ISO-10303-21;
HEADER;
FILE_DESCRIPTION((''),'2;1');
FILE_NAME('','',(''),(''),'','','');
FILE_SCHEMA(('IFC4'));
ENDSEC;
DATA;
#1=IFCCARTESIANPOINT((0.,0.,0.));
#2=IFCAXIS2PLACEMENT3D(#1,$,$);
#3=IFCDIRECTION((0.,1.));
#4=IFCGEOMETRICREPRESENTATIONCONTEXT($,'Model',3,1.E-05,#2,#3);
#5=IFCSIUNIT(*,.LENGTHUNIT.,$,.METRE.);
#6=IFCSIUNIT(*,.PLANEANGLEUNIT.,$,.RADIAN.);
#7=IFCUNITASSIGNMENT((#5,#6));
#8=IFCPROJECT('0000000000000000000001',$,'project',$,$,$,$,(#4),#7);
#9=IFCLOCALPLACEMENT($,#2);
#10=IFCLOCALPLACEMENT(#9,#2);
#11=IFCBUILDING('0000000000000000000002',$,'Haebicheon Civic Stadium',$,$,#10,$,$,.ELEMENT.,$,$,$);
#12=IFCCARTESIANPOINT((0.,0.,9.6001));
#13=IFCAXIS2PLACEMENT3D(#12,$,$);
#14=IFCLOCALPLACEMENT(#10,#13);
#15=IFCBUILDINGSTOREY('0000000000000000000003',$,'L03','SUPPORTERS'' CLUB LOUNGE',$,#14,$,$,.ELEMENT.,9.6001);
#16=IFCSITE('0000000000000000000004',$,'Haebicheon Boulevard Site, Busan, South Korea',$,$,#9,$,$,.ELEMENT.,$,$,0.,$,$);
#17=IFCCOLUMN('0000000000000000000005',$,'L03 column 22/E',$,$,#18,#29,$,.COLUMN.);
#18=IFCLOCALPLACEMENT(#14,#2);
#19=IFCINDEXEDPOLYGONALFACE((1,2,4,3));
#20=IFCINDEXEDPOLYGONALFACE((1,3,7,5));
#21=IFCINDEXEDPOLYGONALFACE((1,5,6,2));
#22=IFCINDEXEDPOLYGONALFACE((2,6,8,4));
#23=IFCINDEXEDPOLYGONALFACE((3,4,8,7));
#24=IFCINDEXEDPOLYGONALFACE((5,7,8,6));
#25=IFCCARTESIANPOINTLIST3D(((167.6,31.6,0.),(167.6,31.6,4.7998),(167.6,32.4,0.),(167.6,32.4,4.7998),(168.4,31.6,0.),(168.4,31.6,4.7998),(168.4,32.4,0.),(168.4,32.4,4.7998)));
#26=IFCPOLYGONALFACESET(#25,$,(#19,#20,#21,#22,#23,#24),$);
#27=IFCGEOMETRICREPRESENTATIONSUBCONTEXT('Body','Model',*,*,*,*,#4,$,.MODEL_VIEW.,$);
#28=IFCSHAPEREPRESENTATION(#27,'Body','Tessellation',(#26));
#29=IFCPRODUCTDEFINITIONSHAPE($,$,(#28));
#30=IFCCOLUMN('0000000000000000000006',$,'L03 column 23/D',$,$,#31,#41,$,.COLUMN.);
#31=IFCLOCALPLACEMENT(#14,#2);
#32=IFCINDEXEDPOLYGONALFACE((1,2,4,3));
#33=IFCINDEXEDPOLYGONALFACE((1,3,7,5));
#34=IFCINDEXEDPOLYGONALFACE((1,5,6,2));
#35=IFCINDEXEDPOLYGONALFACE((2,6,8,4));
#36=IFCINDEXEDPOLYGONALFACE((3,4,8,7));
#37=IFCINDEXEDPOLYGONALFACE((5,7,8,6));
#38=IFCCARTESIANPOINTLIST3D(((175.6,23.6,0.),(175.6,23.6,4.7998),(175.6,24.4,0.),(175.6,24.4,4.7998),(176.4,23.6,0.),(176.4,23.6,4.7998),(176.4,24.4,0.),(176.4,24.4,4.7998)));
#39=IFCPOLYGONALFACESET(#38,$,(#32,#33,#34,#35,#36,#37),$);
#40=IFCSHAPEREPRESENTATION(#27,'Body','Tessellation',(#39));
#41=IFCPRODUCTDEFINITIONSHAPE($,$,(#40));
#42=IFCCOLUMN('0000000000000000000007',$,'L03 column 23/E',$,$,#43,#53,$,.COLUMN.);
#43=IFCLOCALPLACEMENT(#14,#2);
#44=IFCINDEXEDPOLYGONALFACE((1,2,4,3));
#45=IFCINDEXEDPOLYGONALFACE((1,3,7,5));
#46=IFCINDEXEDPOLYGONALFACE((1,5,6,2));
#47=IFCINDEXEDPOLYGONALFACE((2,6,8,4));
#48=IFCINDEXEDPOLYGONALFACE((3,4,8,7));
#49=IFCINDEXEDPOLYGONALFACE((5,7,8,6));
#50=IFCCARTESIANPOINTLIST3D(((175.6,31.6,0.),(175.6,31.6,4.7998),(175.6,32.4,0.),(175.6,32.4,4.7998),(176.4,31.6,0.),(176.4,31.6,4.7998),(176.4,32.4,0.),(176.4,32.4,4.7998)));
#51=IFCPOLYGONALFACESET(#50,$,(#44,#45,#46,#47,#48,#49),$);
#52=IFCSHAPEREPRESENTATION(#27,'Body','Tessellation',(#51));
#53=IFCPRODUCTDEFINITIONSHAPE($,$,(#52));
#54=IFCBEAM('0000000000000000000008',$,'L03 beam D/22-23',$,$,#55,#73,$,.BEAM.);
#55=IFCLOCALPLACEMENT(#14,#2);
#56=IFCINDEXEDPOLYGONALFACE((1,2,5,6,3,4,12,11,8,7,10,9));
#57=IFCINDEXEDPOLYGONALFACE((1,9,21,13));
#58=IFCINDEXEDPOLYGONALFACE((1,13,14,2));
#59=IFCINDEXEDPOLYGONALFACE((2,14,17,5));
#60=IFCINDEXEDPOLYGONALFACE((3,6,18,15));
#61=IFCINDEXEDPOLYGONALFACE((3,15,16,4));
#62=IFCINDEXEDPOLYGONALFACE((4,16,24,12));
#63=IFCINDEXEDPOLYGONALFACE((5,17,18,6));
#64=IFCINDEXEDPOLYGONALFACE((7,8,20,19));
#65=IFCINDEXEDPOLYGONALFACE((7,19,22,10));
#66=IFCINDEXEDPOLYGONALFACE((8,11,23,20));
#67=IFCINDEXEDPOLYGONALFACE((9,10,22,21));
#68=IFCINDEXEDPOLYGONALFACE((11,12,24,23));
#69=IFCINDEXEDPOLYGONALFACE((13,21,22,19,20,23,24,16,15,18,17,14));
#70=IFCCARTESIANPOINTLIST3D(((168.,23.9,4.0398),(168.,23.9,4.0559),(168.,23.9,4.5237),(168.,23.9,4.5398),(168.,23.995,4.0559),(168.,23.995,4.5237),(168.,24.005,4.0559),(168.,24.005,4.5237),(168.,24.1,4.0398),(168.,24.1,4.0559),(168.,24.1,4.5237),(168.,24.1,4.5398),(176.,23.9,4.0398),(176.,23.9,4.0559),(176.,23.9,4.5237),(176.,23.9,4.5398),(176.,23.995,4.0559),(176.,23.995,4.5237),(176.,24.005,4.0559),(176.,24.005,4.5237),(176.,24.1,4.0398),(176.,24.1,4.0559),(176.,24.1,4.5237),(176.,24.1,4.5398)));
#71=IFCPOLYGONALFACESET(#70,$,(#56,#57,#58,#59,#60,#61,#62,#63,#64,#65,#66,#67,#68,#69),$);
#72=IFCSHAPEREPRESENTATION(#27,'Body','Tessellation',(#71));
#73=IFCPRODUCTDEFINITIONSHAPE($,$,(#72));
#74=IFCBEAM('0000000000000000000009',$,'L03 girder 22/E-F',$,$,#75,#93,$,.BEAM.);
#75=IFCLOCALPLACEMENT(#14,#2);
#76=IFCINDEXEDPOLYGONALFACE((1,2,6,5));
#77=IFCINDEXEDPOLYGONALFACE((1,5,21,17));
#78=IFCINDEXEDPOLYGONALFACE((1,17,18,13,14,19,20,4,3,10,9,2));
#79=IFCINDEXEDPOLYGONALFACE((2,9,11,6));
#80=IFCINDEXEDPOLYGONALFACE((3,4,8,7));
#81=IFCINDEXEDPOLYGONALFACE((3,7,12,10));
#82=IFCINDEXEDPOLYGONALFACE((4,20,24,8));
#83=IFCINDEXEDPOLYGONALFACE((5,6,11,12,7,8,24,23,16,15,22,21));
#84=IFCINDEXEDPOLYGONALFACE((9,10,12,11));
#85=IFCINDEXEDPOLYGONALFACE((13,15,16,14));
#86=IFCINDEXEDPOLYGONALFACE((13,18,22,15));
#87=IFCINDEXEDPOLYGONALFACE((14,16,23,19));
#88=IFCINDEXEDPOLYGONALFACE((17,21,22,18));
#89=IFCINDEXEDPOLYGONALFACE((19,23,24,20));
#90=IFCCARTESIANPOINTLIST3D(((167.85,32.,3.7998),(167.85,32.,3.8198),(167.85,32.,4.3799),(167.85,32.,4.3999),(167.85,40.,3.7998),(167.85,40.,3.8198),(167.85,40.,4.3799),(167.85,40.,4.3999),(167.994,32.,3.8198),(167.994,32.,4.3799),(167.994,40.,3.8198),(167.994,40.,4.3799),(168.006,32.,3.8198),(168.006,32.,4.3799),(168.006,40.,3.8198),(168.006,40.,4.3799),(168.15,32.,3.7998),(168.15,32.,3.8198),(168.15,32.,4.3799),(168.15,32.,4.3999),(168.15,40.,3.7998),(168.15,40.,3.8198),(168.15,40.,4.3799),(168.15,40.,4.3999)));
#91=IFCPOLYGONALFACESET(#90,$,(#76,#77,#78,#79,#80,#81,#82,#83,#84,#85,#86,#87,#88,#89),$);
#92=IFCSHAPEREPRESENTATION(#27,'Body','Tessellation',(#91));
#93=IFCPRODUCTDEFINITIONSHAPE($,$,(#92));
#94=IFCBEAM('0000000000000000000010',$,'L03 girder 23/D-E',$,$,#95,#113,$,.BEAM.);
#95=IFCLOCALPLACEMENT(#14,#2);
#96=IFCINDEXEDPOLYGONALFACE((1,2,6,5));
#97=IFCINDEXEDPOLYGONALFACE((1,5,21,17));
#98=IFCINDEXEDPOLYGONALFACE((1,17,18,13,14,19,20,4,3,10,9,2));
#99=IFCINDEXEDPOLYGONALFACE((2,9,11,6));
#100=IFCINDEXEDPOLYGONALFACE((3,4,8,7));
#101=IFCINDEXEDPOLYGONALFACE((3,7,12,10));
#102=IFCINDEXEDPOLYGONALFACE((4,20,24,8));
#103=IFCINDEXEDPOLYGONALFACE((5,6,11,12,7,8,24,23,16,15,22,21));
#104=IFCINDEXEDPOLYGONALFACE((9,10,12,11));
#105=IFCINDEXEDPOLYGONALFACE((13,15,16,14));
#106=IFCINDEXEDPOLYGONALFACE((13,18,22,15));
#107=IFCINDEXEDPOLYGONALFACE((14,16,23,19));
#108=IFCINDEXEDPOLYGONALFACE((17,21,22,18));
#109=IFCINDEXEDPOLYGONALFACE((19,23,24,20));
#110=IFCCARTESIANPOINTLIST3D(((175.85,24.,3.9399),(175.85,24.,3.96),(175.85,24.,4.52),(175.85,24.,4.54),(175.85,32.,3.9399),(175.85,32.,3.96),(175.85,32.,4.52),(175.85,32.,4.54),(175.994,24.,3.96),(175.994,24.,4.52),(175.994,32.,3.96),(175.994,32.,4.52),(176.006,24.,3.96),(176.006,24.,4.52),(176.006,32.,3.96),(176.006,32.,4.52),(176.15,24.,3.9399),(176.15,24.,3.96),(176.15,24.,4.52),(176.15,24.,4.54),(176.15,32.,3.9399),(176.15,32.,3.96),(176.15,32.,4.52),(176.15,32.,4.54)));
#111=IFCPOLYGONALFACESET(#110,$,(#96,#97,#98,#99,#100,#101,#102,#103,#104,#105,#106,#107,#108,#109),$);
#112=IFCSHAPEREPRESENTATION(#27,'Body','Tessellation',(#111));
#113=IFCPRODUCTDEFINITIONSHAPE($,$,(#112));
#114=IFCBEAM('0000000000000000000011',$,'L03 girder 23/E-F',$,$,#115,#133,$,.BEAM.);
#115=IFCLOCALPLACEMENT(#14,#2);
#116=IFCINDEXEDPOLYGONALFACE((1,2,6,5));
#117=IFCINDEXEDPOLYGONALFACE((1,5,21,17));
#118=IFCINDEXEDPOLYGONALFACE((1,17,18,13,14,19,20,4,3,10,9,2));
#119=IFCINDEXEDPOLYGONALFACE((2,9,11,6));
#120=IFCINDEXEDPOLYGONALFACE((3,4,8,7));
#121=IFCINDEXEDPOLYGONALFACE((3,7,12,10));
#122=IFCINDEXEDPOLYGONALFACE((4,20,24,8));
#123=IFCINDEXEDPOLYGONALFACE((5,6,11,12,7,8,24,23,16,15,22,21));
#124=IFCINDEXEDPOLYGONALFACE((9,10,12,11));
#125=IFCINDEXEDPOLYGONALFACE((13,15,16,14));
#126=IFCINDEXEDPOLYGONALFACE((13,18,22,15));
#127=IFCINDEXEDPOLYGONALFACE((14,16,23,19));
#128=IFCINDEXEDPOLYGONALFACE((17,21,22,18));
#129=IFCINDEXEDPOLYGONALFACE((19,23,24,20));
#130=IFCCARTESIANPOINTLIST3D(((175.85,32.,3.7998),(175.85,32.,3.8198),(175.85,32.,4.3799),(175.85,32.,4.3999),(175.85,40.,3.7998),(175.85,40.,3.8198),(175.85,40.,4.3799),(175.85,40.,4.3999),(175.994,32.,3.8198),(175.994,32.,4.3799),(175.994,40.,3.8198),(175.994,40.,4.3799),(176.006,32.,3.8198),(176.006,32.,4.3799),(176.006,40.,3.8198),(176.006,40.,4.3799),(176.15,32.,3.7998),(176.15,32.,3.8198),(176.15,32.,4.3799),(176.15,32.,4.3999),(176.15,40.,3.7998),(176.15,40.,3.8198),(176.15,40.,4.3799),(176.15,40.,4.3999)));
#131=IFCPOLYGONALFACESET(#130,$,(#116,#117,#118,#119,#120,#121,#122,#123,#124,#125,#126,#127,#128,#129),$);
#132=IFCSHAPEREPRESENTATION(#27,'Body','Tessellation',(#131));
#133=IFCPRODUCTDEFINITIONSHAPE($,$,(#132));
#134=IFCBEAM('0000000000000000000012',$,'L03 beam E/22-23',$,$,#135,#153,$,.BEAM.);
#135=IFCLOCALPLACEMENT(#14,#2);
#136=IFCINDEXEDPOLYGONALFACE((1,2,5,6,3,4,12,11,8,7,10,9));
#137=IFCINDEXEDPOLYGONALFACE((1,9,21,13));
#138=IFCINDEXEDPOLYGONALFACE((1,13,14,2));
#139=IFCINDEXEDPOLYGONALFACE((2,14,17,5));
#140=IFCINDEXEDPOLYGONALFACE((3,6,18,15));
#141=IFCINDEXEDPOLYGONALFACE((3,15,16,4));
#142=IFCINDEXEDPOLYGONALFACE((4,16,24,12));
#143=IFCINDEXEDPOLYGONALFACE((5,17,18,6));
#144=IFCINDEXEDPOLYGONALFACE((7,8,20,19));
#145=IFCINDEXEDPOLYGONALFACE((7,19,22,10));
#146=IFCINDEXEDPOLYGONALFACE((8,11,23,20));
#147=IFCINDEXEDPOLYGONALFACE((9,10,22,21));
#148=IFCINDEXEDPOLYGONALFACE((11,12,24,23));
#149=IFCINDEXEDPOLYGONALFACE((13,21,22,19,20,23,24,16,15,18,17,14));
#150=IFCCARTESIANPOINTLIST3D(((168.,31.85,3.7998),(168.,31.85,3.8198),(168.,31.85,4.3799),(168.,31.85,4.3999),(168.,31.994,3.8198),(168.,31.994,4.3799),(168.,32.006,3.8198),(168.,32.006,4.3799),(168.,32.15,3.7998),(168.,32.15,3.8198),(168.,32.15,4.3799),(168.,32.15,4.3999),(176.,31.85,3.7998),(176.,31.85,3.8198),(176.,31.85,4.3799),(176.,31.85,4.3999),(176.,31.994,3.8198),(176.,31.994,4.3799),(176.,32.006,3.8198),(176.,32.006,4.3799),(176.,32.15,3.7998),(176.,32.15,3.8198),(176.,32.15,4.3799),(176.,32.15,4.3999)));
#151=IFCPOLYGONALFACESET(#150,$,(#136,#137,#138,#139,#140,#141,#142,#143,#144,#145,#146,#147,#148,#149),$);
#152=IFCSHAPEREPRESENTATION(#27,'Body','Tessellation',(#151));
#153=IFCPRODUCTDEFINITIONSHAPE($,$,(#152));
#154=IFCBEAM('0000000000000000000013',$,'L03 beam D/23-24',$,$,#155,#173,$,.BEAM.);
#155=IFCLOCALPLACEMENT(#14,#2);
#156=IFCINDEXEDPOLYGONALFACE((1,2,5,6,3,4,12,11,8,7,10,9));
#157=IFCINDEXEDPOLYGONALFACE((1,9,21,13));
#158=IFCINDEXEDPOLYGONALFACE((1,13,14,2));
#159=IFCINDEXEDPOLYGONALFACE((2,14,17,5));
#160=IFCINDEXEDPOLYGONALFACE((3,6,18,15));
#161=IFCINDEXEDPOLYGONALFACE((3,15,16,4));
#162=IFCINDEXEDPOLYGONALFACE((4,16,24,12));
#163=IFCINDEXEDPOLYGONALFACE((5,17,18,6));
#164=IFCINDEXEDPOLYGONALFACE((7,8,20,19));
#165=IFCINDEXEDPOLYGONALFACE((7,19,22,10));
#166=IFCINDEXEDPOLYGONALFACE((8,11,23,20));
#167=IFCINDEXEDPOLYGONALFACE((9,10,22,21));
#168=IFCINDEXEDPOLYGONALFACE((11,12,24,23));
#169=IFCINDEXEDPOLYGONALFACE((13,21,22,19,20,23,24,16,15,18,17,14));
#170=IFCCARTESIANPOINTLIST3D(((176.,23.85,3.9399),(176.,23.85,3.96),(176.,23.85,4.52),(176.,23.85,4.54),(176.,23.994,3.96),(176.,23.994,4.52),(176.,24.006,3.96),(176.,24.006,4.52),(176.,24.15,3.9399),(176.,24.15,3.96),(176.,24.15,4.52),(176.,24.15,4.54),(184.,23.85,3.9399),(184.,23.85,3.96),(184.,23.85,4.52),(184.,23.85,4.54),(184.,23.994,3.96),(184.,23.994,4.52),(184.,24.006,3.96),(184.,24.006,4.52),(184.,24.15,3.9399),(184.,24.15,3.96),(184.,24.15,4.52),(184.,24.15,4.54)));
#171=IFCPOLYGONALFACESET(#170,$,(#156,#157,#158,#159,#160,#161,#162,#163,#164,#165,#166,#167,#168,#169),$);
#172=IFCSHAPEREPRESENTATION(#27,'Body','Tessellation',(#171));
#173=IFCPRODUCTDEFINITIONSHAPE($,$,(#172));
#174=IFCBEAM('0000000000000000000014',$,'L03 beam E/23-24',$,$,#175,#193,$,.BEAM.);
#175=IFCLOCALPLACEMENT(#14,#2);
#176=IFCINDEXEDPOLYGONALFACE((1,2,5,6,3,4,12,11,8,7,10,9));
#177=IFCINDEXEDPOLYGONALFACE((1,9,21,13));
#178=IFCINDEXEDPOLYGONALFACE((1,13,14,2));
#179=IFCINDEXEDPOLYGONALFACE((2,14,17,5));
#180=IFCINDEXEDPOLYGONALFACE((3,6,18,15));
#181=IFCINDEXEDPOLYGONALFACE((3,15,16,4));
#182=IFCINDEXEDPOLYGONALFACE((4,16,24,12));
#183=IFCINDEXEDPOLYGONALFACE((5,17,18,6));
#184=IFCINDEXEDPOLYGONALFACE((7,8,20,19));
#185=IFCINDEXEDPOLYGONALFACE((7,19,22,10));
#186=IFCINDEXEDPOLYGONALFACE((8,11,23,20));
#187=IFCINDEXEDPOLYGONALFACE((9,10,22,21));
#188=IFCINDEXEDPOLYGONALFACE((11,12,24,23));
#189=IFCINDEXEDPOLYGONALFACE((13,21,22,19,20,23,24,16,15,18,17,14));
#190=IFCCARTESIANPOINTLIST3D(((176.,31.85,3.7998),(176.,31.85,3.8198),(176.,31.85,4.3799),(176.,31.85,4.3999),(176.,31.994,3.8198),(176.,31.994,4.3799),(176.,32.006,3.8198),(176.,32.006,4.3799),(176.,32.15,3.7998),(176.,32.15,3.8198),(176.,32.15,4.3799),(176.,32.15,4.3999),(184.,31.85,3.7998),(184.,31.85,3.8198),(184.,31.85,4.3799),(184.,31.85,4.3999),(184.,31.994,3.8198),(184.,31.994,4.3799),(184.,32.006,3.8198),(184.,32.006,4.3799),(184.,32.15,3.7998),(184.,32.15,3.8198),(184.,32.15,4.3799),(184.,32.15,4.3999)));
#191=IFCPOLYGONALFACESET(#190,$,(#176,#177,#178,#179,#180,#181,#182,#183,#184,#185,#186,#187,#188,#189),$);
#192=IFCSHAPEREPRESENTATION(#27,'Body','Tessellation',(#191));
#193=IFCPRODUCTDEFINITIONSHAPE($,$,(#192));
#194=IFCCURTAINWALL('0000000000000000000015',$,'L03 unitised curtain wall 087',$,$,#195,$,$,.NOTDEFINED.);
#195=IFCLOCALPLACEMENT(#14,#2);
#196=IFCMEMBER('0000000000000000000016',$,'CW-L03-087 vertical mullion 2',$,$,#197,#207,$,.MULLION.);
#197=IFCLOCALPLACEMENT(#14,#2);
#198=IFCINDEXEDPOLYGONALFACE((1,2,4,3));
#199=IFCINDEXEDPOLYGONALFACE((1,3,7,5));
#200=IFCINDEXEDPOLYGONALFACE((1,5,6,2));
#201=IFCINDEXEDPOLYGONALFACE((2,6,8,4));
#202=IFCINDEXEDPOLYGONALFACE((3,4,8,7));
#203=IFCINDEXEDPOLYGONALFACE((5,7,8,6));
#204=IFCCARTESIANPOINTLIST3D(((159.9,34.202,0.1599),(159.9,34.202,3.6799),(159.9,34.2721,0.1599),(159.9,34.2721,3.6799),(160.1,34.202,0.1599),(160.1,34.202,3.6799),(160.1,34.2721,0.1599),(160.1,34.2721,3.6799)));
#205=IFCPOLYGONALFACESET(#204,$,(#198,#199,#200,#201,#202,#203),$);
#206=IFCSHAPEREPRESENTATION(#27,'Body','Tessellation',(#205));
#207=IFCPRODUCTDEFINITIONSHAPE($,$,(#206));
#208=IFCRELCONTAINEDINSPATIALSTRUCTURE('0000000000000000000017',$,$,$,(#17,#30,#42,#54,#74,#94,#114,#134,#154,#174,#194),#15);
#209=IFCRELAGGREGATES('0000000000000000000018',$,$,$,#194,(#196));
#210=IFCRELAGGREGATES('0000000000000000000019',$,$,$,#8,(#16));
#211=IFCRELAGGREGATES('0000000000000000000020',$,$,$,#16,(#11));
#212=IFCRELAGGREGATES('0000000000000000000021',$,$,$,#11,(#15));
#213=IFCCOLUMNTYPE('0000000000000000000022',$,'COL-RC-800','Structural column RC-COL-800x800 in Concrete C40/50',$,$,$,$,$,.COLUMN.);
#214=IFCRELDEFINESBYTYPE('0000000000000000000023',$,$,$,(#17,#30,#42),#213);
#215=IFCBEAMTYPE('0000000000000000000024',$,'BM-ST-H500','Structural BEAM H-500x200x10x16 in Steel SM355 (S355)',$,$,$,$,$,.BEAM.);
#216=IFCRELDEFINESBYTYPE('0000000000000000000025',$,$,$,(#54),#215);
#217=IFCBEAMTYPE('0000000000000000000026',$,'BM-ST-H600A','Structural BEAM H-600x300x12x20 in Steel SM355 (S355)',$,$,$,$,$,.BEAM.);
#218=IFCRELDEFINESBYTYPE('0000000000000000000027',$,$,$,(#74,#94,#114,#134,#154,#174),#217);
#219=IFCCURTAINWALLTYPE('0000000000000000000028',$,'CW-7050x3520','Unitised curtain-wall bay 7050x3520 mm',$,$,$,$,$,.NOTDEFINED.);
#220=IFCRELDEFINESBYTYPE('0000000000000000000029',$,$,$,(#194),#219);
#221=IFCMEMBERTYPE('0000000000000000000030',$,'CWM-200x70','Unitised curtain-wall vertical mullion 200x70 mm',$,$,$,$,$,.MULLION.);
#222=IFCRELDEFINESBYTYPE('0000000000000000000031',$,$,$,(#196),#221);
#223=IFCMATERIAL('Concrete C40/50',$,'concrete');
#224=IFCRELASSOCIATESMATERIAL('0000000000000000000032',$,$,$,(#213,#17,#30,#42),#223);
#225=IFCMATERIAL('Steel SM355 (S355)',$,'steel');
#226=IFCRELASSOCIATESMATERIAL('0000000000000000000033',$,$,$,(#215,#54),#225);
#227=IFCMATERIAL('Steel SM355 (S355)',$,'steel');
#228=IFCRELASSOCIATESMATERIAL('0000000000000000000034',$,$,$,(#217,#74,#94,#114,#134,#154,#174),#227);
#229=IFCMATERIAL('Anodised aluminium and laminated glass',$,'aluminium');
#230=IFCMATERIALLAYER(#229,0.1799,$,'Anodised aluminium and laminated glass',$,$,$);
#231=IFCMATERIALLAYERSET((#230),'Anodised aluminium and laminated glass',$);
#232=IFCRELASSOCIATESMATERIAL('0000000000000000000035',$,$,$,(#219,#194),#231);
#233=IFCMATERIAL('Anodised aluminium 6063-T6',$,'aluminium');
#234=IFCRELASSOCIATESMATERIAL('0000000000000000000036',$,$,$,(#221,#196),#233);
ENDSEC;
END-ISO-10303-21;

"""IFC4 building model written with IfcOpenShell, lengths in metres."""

from ifc_helpers import new_model, si_unit, direction, frame, origin, origin_2d, place, context, subcontext, project, spatial, rectangle, i_section, extrude, material, layer, layer_set, material_profile, profile_set, type_object, element, aggregate, save


model = new_model("IFC4")

# Units and contexts
model_context = context("Model", 3, precision=1e-05, world=origin(), true_north=direction((0.0, 1.0)))
body_context = subcontext(model_context, "Body", "Model", "MODEL_VIEW")
ifc_project = project(units=[si_unit("LENGTHUNIT", "METRE"), si_unit("PLANEANGLEUNIT", "RADIAN")], contexts=[model_context])

# Site, building, storey
site_placement = place(None, origin())
site = spatial("IfcSite", under=ifc_project, at=site_placement, Name="Haebicheon Boulevard Site, Busan, South Korea", CompositionType="ELEMENT", RefElevation=0.0)
building_placement = place(site_placement, origin())
building = spatial("IfcBuilding", under=site, at=building_placement, Name="Haebicheon Civic Stadium", CompositionType="ELEMENT")
storey_placement = place(building_placement, frame((0.0, 0.0, 9.6001)))
storey = spatial("IfcBuildingStorey", under=building, at=storey_placement, Name="L03", Description="SUPPORTERS' CLUB LOUNGE", CompositionType="ELEMENT", Elevation=9.6001)

# Columns
ifc_material_1 = material(Name="Concrete C40/50", Category="concrete")
ifc_material_profile_1 = material_profile(ifc_material_1, rectangle(XDim=0.8, YDim=0.8, at=origin_2d()), Name="RC-COL-800x800")
ifc_profile_set_1 = profile_set([ifc_material_profile_1], Name="Concrete C40/50")
column_type = type_object("IfcColumnType", Name="COL-RC-800", Description="Structural column RC-COL-800x800 in Concrete C40/50", PredefinedType="COLUMN", material=ifc_profile_set_1)
for number, where, z_axis, x_axis, name in (
    (1, (168.0, 32.0, 0.0), (0.0, 0.0, 1.0), (1.0, 0.0, 0.0), "L03 column 22/E"),
    (2, (176.0, 24.0, 0.0), (0.0, 0.0, 1.0), (1.0, 0.0, 0.0), "L03 column 23/D"),
    (3, (176.0, 32.0, 0.0), (0.0, 0.0, 1.0), (1.0, 0.0, 0.0), "L03 column 23/E"),
):
    element("IfcColumn", number, at=place(storey_placement, frame(where, z_axis=z_axis, x_axis=x_axis)), inside=storey, type_object=column_type, material=ifc_profile_set_1, Name=name, PredefinedType="COLUMN", context=body_context, shape_type="SweptSolid", body=[
        extrude(rectangle(XDim=0.8, YDim=0.8, at=origin_2d()), origin(), (0.0, 0.0, 1.0), 4.7998),
    ])

# Beams
ifc_material_2 = material(Name="Steel SM355 (S355)", Category="steel")
ifc_material_profile_2 = material_profile(ifc_material_2, i_section(OverallWidth=0.2, OverallDepth=0.5, WebThickness=0.01, FlangeThickness=0.0161, at=origin_2d()), Name="H-500x200x10x16")
ifc_profile_set_2 = profile_set([ifc_material_profile_2], Name="Steel SM355 (S355)")
beam_type_1 = type_object("IfcBeamType", Name="BM-ST-H500", Description="Structural BEAM H-500x200x10x16 in Steel SM355 (S355)", PredefinedType="BEAM", material=ifc_profile_set_2)
beam_1_placement = place(storey_placement, frame((168.0, 24.0, 4.2898), z_axis=(1.0, 0.0, 0.0), x_axis=(0.0, 1.0, 0.0)))
element("IfcBeam", 4, at=beam_1_placement, inside=storey, type_object=beam_type_1, material=ifc_profile_set_2, Name="L03 beam D/22-23", PredefinedType="BEAM", context=body_context, shape_type="SweptSolid", body=[
    extrude(i_section(OverallWidth=0.2, OverallDepth=0.5, WebThickness=0.01, FlangeThickness=0.0161, at=origin_2d()), origin(), (0.0, 0.0, 1.0), 8.0),
])
ifc_material_3 = material(Name="Steel SM355 (S355)", Category="steel")
ifc_material_profile_3 = material_profile(ifc_material_3, i_section(OverallWidth=0.3, OverallDepth=0.6001, WebThickness=0.012, FlangeThickness=0.02, at=origin_2d()), Name="H-600x300x12x20")
ifc_profile_set_3 = profile_set([ifc_material_profile_3], Name="Steel SM355 (S355)")
beam_type_2 = type_object("IfcBeamType", Name="BM-ST-H600A", Description="Structural BEAM H-600x300x12x20 in Steel SM355 (S355)", PredefinedType="BEAM", material=ifc_profile_set_3)
for number, where, z_axis, x_axis, name in (
    (5, (168.0, 32.0, 4.0999), (0.0, 1.0, 0.0), (-1.0, 0.0, 0.0), "L03 girder 22/E-F"),
    (6, (176.0, 24.0, 4.24), (0.0, 1.0, 0.0), (-1.0, 0.0, 0.0), "L03 girder 23/D-E"),
    (7, (176.0, 32.0, 4.0999), (0.0, 1.0, 0.0), (-1.0, 0.0, 0.0), "L03 girder 23/E-F"),
    (8, (168.0, 32.0, 4.0999), (1.0, 0.0, 0.0), (0.0, 1.0, 0.0), "L03 beam E/22-23"),
    (9, (176.0, 24.0, 4.24), (1.0, 0.0, 0.0), (0.0, 1.0, 0.0), "L03 beam D/23-24"),
    (10, (176.0, 32.0, 4.0999), (1.0, 0.0, 0.0), (0.0, 1.0, 0.0), "L03 beam E/23-24"),
):
    element("IfcBeam", number, at=place(storey_placement, frame(where, z_axis=z_axis, x_axis=x_axis)), inside=storey, type_object=beam_type_2, material=ifc_profile_set_3, Name=name, PredefinedType="BEAM", context=body_context, shape_type="SweptSolid", body=[
        extrude(i_section(OverallWidth=0.3, OverallDepth=0.6001, WebThickness=0.012, FlangeThickness=0.02, at=origin_2d()), origin(), (0.0, 0.0, 1.0), 8.0),
    ])

# Curtain wall, member
ifc_material_4 = material(Name="Anodised aluminium and laminated glass", Category="aluminium")
ifc_layer_1 = layer(ifc_material_4, 0.1799, Name="Anodised aluminium and laminated glass")
ifc_layer_set_1 = layer_set([ifc_layer_1], Name="Anodised aluminium and laminated glass")
curtain_wall_type = type_object("IfcCurtainWallType", Name="CW-7050x3520", Description="Unitised curtain-wall bay 7050x3520 mm", PredefinedType="NOTDEFINED", material=ifc_layer_set_1)
curtain_wall_placement = place(storey_placement, origin())
curtain_wall = element("IfcCurtainWall", 11, at=curtain_wall_placement, inside=storey, type_object=curtain_wall_type, material=ifc_layer_set_1, Name="L03 unitised curtain wall 087", PredefinedType="NOTDEFINED")
ifc_material_5 = material(Name="Anodised aluminium 6063-T6", Category="aluminium")
ifc_material_profile_4 = material_profile(ifc_material_5, rectangle(XDim=0.0701, YDim=0.2, at=origin_2d()), Name="ALU-MULL-70x200")
ifc_profile_set_4 = profile_set([ifc_material_profile_4], Name="Anodised aluminium 6063-T6")
member_type_1 = type_object("IfcMemberType", Name="CWM-200x70", Description="Unitised curtain-wall vertical mullion 200x70 mm", PredefinedType="MULLION", material=ifc_profile_set_4)
member_1_placement = place(storey_placement, frame((160.0, 34.2371, 0.1599), z_axis=(0.0, 0.0, 1.0), x_axis=(0.0, 1.0, 0.0)))
member_1 = element("IfcMember", 12, at=member_1_placement, type_object=member_type_1, material=ifc_profile_set_4, Name="CW-L03-087 vertical mullion 2", PredefinedType="MULLION", context=body_context, shape_type="SweptSolid", body=[
    extrude(rectangle(XDim=0.0701, YDim=0.2, at=origin_2d()), origin(), (0.0, 0.0, 1.0), 3.52),
])

aggregate(curtain_wall, [member_1])

save(model, "model.ifc")
